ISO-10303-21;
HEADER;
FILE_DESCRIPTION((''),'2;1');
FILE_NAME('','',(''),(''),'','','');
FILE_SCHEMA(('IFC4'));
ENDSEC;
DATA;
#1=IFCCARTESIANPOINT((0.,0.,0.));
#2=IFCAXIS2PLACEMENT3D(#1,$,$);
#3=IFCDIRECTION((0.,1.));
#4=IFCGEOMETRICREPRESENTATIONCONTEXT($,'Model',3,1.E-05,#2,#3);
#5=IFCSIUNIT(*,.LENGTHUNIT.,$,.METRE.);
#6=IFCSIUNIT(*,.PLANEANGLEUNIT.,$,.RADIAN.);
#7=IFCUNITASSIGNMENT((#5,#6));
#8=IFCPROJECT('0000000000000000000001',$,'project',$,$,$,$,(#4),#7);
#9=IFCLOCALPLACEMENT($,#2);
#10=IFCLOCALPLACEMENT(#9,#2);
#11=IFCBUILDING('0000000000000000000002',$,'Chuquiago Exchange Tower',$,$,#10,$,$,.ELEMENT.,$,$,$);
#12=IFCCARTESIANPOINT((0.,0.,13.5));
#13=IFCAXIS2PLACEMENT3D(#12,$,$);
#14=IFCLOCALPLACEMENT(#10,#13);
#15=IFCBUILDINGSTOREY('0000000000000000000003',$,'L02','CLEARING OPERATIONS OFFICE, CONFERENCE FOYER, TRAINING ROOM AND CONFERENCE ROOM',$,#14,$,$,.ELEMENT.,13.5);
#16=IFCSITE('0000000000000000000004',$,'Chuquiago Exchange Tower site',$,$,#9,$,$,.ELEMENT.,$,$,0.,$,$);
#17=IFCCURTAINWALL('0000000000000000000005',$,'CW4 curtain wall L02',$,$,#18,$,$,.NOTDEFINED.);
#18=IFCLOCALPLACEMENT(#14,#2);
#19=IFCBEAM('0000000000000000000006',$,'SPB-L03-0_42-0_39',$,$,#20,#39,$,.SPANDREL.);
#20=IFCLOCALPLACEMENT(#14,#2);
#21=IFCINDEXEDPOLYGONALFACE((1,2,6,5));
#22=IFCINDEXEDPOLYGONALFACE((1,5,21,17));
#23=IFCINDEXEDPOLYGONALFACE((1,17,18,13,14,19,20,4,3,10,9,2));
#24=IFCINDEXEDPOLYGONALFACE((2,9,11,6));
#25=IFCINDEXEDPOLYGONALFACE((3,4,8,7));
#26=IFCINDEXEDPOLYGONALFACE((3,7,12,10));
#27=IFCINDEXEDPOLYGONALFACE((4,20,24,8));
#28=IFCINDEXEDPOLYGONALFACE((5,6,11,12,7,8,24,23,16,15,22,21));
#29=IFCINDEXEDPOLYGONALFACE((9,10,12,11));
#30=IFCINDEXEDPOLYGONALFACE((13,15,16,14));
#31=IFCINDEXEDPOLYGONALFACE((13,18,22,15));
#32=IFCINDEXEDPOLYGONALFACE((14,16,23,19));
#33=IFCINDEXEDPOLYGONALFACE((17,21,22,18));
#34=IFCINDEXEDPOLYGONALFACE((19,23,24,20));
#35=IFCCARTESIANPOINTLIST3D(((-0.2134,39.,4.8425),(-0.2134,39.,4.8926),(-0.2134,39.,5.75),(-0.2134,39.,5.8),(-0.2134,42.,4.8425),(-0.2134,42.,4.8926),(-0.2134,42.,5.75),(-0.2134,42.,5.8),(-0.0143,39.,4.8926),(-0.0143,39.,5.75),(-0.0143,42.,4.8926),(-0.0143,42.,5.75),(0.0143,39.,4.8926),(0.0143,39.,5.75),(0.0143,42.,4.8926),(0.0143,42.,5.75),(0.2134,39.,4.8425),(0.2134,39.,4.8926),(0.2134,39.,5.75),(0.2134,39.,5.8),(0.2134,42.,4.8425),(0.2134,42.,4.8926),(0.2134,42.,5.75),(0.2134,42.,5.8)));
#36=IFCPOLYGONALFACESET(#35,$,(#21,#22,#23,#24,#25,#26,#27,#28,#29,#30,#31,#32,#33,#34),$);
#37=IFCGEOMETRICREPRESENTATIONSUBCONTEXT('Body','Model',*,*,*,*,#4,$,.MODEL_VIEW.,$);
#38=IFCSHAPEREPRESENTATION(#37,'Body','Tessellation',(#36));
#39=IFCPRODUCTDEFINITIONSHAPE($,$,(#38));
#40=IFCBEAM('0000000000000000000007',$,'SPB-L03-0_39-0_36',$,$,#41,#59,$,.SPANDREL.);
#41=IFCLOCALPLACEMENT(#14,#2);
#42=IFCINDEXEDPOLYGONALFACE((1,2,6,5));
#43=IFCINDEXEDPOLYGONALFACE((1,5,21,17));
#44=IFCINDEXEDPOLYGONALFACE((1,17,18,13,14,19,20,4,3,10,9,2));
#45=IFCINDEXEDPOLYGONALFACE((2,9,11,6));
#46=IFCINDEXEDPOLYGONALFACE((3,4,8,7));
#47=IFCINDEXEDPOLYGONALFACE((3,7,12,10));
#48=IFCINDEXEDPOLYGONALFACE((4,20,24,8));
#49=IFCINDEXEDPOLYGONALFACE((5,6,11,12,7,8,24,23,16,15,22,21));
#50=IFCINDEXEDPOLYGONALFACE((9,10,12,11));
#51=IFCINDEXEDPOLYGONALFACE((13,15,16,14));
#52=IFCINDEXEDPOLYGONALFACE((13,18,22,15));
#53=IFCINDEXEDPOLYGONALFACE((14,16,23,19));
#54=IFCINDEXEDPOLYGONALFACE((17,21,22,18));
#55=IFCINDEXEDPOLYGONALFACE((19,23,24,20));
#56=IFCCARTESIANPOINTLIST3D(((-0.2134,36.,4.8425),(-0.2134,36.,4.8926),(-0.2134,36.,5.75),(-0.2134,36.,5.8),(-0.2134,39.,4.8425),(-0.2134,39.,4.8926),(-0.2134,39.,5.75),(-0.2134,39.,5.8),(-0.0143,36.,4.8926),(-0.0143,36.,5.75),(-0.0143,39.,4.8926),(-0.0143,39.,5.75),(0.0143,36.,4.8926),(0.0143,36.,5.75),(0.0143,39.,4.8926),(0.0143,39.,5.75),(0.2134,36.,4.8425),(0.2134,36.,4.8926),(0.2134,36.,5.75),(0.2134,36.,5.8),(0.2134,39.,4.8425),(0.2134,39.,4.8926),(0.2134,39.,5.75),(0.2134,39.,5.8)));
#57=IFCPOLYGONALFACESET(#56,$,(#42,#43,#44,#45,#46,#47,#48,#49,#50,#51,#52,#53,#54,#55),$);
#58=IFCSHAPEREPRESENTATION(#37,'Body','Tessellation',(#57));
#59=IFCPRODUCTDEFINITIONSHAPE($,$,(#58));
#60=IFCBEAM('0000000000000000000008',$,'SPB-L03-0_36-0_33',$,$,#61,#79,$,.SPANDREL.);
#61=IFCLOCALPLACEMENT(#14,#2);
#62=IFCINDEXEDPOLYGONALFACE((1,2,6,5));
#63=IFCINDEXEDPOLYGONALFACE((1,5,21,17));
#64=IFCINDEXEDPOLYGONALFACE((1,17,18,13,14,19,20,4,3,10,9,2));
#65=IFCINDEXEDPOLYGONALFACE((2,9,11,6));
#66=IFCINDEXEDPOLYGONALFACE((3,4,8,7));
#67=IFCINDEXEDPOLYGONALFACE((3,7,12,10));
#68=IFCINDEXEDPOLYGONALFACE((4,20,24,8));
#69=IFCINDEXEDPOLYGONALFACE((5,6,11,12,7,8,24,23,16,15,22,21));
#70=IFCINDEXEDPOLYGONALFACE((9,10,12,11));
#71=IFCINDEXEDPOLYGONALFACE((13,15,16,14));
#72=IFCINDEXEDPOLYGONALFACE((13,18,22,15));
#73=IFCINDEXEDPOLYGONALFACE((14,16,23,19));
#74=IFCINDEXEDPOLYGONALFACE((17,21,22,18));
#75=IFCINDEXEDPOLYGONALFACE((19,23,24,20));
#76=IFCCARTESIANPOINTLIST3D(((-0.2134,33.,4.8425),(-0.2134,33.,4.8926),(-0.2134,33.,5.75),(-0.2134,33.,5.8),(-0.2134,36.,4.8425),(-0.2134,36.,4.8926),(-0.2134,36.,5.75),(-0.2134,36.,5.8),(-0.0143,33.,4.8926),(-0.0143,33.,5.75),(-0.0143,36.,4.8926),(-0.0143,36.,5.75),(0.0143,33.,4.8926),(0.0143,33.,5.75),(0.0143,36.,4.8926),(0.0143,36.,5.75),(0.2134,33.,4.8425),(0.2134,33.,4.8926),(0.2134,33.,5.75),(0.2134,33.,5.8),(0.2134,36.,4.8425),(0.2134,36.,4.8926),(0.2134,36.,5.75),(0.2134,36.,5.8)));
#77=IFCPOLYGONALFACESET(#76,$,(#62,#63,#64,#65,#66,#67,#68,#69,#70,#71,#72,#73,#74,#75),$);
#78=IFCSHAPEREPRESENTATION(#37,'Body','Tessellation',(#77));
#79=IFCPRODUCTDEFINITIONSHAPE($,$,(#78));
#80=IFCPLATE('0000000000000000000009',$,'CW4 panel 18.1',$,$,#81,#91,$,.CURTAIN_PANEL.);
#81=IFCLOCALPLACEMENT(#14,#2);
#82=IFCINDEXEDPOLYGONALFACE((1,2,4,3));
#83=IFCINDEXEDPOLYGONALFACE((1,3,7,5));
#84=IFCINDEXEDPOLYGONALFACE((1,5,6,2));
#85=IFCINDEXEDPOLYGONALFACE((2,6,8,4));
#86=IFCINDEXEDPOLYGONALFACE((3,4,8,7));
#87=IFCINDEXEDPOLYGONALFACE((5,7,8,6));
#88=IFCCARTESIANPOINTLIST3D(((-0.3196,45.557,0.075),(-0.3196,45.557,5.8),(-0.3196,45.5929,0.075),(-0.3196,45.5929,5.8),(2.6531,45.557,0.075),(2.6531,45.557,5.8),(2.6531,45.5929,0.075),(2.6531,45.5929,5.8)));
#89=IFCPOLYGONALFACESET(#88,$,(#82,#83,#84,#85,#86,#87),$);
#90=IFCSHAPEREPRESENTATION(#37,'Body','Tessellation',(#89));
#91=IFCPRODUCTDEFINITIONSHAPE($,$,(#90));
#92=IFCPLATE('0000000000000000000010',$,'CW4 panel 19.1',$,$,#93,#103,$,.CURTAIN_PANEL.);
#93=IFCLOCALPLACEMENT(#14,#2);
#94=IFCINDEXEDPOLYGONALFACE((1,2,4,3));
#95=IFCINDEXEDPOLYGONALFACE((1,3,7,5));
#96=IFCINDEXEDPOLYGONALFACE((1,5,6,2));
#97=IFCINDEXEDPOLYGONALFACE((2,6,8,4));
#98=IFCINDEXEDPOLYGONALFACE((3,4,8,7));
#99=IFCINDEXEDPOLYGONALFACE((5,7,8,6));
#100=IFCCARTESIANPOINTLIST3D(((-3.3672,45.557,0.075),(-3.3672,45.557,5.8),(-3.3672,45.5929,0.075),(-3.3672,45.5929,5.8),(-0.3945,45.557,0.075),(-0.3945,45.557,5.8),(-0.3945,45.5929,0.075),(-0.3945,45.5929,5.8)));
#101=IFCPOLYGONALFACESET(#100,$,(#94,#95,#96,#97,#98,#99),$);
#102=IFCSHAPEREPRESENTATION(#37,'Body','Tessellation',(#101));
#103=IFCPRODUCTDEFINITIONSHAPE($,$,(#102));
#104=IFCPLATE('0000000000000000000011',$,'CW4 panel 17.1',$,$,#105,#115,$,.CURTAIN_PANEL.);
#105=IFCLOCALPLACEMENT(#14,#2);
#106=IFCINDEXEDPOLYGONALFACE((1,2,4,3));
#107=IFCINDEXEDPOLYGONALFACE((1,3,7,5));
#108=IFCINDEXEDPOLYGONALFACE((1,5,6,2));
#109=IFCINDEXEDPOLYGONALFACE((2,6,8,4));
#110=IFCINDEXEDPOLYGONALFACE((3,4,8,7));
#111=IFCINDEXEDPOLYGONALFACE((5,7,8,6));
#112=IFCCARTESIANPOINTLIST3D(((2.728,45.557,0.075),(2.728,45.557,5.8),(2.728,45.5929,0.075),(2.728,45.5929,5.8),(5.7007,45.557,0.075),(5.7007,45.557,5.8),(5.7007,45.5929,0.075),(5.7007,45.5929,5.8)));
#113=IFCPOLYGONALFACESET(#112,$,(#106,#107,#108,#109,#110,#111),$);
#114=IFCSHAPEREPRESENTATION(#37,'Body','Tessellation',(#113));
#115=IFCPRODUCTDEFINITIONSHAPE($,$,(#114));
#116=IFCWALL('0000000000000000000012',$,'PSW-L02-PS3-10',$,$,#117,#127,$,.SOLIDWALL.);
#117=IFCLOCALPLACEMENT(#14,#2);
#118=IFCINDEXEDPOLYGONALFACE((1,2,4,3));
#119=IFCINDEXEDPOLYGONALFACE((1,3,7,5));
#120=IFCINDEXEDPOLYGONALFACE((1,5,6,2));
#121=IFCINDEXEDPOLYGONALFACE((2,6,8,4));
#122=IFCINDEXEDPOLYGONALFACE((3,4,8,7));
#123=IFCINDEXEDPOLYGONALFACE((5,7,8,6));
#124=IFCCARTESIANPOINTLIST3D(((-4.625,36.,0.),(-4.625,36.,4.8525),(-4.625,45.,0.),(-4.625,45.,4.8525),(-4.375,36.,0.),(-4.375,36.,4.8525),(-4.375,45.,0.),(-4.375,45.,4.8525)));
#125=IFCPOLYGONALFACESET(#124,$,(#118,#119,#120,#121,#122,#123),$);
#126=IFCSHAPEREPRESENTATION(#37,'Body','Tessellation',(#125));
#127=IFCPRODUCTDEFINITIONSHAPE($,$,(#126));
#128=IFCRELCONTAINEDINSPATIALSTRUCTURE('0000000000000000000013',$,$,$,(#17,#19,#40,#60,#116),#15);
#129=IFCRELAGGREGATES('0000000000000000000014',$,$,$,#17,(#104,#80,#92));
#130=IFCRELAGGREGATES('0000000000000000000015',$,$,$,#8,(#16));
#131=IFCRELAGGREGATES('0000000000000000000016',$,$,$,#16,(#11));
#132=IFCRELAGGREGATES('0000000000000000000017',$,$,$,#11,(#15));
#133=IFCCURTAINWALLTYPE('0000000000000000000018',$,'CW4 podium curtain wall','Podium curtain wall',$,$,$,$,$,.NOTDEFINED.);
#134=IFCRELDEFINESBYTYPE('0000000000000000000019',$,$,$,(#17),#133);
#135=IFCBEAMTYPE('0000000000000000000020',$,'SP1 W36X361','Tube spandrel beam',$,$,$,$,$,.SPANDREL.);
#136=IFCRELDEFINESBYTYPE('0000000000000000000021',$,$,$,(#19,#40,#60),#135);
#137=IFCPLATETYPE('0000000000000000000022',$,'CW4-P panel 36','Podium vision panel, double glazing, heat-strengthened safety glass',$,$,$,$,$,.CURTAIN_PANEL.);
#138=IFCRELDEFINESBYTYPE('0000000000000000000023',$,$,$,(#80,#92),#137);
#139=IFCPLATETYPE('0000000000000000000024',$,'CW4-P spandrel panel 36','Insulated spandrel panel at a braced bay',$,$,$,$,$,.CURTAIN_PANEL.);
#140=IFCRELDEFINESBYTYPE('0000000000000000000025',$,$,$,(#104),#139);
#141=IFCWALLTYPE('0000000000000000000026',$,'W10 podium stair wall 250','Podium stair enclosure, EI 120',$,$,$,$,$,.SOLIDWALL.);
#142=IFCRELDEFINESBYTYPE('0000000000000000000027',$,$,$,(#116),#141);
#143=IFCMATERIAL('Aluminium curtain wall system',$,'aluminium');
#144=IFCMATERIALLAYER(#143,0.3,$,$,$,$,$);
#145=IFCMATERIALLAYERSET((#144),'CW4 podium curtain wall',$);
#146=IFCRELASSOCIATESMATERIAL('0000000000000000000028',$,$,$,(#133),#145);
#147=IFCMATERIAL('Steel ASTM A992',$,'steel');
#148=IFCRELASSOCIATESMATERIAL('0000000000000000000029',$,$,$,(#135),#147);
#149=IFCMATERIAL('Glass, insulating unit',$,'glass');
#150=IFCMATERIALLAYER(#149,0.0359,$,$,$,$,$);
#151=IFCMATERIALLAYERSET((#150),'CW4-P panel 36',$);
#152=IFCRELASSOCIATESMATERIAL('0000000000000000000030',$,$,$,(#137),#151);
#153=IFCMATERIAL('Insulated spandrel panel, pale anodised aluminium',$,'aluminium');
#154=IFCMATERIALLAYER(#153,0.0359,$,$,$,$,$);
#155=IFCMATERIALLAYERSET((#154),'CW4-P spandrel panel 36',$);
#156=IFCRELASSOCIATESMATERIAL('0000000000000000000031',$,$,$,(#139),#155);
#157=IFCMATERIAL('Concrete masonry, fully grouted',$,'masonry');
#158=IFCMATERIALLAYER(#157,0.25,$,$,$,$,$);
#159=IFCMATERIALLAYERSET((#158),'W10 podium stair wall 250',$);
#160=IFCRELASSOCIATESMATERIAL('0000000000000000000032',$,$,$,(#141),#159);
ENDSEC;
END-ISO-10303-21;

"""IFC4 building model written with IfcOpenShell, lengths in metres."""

from ifc_helpers import new_model, si_unit, direction, frame, frame_2d, origin, origin_2d, place, context, subcontext, project, spatial, rectangle, i_section, extrude, material, layer, layer_set, material_profile, profile_set, type_object, element, aggregate, save


model = new_model("IFC4")

# Units and contexts
model_context = context("Model", 3, precision=1e-05, world=origin(), true_north=direction((0.0, 1.0)))
body_context = subcontext(model_context, "Body", "Model", "MODEL_VIEW")
ifc_project = project(units=[si_unit("LENGTHUNIT", "METRE"), si_unit("PLANEANGLEUNIT", "RADIAN")], contexts=[model_context])

# Site, building, storey
site_placement = place(None, origin())
site = spatial("IfcSite", under=ifc_project, at=site_placement, Name="Chuquiago Exchange Tower site", CompositionType="ELEMENT", RefElevation=0.0)
building_placement = place(site_placement, origin())
building = spatial("IfcBuilding", under=site, at=building_placement, Name="Chuquiago Exchange Tower", CompositionType="ELEMENT")
storey_placement = place(building_placement, frame((0.0, 0.0, 13.5)))
storey = spatial("IfcBuildingStorey", under=building, at=storey_placement, Name="L02", Description="CLEARING OPERATIONS OFFICE, CONFERENCE FOYER, TRAINING ROOM AND CONFERENCE ROOM", CompositionType="ELEMENT", Elevation=13.5)

# Curtain wall
ifc_material_1 = material(Name="Aluminium curtain wall system", Category="aluminium")
ifc_layer_1 = layer(ifc_material_1, 0.3)
ifc_layer_set_1 = layer_set([ifc_layer_1], Name="CW4 podium curtain wall")
curtain_wall_type = type_object("IfcCurtainWallType", Name="CW4 podium curtain wall", Description="Podium curtain wall", PredefinedType="NOTDEFINED", material=ifc_layer_set_1)
curtain_wall_placement = place(storey_placement, origin())
curtain_wall = element("IfcCurtainWall", 1, at=curtain_wall_placement, inside=storey, type_object=curtain_wall_type, Name="CW4 curtain wall L02", PredefinedType="NOTDEFINED")

# Beams
ifc_material_2 = material(Name="Steel ASTM A992", Category="steel")
ifc_material_profile_1 = material_profile(ifc_material_2, i_section(OverallWidth=0.4268, OverallDepth=0.9575, WebThickness=0.0286, FlangeThickness=0.05, at=origin_2d()), Name="W36X361")
ifc_profile_set_1 = profile_set([ifc_material_profile_1], Name="Steel ASTM A992")
beam_type_1 = type_object("IfcBeamType", Name="SP1 W36X361", Description="Tube spandrel beam", PredefinedType="SPANDREL", material=ifc_profile_set_1)
for number, where, z_axis, x_axis, name in (
    (2, (0.0, 42.0, 5.3213), (0.0, -1.0, 0.0), (1.0, 0.0, 0.0), "SPB-L03-0_42-0_39"),
    (3, (0.0, 39.0, 5.3213), (0.0, -1.0, 0.0), (1.0, 0.0, 0.0), "SPB-L03-0_39-0_36"),
    (4, (0.0, 36.0, 5.3213), (0.0, -1.0, 0.0), (1.0, 0.0, 0.0), "SPB-L03-0_36-0_33"),
):
    element("IfcBeam", number, at=place(storey_placement, frame(where, z_axis=z_axis, x_axis=x_axis)), inside=storey, type_object=beam_type_1, Name=name, PredefinedType="SPANDREL", context=body_context, shape_type="SweptSolid", body=[
        extrude(i_section(OverallWidth=0.4268, OverallDepth=0.9575, WebThickness=0.0286, FlangeThickness=0.05, at=origin_2d()), origin(), (0.0, 0.0, 1.0), 3.0),
    ])

# Plates
ifc_material_3 = material(Name="Glass, insulating unit", Category="glass")
ifc_layer_2 = layer(ifc_material_3, 0.0359)
ifc_layer_set_2 = layer_set([ifc_layer_2], Name="CW4-P panel 36")
plate_type_1 = type_object("IfcPlateType", Name="CW4-P panel 36", Description="Podium vision panel, double glazing, heat-strengthened safety glass", PredefinedType="CURTAIN_PANEL", material=ifc_layer_set_2)
plate_1_placement = place(storey_placement, frame((1.1667, 45.575, 0.075), z_axis=(0.0, 0.0, 1.0), x_axis=(-1.0, 0.0, 0.0)))
plate_1 = element("IfcPlate", 5, at=plate_1_placement, type_object=plate_type_1, Name="CW4 panel 18.1", PredefinedType="CURTAIN_PANEL", context=body_context, shape_type="SweptSolid", body=[
    extrude(rectangle(XDim=2.9727, YDim=0.0359, at=origin_2d()), origin(), (0.0, 0.0, 1.0), 5.7251),
])
plate_2_placement = place(storey_placement, frame((-1.8809, 45.575, 0.075), z_axis=(0.0, 0.0, 1.0), x_axis=(-1.0, 0.0, 0.0)))
plate_2 = element("IfcPlate", 6, at=plate_2_placement, type_object=plate_type_1, Name="CW4 panel 19.1", PredefinedType="CURTAIN_PANEL", context=body_context, shape_type="SweptSolid", body=[
    extrude(rectangle(XDim=2.9727, YDim=0.0359, at=origin_2d()), origin(), (0.0, 0.0, 1.0), 5.7251),
])
ifc_material_4 = material(Name="Insulated spandrel panel, pale anodised aluminium", Category="aluminium")
ifc_layer_3 = layer(ifc_material_4, 0.0359)
ifc_layer_set_3 = layer_set([ifc_layer_3], Name="CW4-P spandrel panel 36")
plate_type_2 = type_object("IfcPlateType", Name="CW4-P spandrel panel 36", Description="Insulated spandrel panel at a braced bay", PredefinedType="CURTAIN_PANEL", material=ifc_layer_set_3)
plate_3_placement = place(storey_placement, frame((4.2144, 45.575, 0.075), z_axis=(0.0, 0.0, 1.0), x_axis=(-1.0, 0.0, 0.0)))
plate_3 = element("IfcPlate", 7, at=plate_3_placement, type_object=plate_type_2, Name="CW4 panel 17.1", PredefinedType="CURTAIN_PANEL", context=body_context, shape_type="SweptSolid", body=[
    extrude(rectangle(XDim=2.9727, YDim=0.0359, at=origin_2d()), origin(), (0.0, 0.0, 1.0), 5.7251),
])
aggregate(curtain_wall, [plate_3, plate_1, plate_2])

# Wall
ifc_material_5 = material(Name="Concrete masonry, fully grouted", Category="masonry")
ifc_layer_4 = layer(ifc_material_5, 0.25)
ifc_layer_set_4 = layer_set([ifc_layer_4], Name="W10 podium stair wall 250")
wall_type = type_object("IfcWallType", Name="W10 podium stair wall 250", Description="Podium stair enclosure, EI 120", PredefinedType="SOLIDWALL", material=ifc_layer_set_4)
wall_placement = place(storey_placement, frame((-4.5, 36.0, 0.0), z_axis=(0.0, 0.0, 1.0), x_axis=(0.0, 1.0, 0.0)))
element("IfcWall", 8, at=wall_placement, inside=storey, type_object=wall_type, Name="PSW-L02-PS3-10", PredefinedType="SOLIDWALL", context=body_context, shape_type="SweptSolid", body=[
    extrude(rectangle(XDim=9.0, YDim=0.25, at=frame_2d((4.5, 0.0))), origin(), (0.0, 0.0, 1.0), 4.8525),
])

save(model, "model.ifc")
